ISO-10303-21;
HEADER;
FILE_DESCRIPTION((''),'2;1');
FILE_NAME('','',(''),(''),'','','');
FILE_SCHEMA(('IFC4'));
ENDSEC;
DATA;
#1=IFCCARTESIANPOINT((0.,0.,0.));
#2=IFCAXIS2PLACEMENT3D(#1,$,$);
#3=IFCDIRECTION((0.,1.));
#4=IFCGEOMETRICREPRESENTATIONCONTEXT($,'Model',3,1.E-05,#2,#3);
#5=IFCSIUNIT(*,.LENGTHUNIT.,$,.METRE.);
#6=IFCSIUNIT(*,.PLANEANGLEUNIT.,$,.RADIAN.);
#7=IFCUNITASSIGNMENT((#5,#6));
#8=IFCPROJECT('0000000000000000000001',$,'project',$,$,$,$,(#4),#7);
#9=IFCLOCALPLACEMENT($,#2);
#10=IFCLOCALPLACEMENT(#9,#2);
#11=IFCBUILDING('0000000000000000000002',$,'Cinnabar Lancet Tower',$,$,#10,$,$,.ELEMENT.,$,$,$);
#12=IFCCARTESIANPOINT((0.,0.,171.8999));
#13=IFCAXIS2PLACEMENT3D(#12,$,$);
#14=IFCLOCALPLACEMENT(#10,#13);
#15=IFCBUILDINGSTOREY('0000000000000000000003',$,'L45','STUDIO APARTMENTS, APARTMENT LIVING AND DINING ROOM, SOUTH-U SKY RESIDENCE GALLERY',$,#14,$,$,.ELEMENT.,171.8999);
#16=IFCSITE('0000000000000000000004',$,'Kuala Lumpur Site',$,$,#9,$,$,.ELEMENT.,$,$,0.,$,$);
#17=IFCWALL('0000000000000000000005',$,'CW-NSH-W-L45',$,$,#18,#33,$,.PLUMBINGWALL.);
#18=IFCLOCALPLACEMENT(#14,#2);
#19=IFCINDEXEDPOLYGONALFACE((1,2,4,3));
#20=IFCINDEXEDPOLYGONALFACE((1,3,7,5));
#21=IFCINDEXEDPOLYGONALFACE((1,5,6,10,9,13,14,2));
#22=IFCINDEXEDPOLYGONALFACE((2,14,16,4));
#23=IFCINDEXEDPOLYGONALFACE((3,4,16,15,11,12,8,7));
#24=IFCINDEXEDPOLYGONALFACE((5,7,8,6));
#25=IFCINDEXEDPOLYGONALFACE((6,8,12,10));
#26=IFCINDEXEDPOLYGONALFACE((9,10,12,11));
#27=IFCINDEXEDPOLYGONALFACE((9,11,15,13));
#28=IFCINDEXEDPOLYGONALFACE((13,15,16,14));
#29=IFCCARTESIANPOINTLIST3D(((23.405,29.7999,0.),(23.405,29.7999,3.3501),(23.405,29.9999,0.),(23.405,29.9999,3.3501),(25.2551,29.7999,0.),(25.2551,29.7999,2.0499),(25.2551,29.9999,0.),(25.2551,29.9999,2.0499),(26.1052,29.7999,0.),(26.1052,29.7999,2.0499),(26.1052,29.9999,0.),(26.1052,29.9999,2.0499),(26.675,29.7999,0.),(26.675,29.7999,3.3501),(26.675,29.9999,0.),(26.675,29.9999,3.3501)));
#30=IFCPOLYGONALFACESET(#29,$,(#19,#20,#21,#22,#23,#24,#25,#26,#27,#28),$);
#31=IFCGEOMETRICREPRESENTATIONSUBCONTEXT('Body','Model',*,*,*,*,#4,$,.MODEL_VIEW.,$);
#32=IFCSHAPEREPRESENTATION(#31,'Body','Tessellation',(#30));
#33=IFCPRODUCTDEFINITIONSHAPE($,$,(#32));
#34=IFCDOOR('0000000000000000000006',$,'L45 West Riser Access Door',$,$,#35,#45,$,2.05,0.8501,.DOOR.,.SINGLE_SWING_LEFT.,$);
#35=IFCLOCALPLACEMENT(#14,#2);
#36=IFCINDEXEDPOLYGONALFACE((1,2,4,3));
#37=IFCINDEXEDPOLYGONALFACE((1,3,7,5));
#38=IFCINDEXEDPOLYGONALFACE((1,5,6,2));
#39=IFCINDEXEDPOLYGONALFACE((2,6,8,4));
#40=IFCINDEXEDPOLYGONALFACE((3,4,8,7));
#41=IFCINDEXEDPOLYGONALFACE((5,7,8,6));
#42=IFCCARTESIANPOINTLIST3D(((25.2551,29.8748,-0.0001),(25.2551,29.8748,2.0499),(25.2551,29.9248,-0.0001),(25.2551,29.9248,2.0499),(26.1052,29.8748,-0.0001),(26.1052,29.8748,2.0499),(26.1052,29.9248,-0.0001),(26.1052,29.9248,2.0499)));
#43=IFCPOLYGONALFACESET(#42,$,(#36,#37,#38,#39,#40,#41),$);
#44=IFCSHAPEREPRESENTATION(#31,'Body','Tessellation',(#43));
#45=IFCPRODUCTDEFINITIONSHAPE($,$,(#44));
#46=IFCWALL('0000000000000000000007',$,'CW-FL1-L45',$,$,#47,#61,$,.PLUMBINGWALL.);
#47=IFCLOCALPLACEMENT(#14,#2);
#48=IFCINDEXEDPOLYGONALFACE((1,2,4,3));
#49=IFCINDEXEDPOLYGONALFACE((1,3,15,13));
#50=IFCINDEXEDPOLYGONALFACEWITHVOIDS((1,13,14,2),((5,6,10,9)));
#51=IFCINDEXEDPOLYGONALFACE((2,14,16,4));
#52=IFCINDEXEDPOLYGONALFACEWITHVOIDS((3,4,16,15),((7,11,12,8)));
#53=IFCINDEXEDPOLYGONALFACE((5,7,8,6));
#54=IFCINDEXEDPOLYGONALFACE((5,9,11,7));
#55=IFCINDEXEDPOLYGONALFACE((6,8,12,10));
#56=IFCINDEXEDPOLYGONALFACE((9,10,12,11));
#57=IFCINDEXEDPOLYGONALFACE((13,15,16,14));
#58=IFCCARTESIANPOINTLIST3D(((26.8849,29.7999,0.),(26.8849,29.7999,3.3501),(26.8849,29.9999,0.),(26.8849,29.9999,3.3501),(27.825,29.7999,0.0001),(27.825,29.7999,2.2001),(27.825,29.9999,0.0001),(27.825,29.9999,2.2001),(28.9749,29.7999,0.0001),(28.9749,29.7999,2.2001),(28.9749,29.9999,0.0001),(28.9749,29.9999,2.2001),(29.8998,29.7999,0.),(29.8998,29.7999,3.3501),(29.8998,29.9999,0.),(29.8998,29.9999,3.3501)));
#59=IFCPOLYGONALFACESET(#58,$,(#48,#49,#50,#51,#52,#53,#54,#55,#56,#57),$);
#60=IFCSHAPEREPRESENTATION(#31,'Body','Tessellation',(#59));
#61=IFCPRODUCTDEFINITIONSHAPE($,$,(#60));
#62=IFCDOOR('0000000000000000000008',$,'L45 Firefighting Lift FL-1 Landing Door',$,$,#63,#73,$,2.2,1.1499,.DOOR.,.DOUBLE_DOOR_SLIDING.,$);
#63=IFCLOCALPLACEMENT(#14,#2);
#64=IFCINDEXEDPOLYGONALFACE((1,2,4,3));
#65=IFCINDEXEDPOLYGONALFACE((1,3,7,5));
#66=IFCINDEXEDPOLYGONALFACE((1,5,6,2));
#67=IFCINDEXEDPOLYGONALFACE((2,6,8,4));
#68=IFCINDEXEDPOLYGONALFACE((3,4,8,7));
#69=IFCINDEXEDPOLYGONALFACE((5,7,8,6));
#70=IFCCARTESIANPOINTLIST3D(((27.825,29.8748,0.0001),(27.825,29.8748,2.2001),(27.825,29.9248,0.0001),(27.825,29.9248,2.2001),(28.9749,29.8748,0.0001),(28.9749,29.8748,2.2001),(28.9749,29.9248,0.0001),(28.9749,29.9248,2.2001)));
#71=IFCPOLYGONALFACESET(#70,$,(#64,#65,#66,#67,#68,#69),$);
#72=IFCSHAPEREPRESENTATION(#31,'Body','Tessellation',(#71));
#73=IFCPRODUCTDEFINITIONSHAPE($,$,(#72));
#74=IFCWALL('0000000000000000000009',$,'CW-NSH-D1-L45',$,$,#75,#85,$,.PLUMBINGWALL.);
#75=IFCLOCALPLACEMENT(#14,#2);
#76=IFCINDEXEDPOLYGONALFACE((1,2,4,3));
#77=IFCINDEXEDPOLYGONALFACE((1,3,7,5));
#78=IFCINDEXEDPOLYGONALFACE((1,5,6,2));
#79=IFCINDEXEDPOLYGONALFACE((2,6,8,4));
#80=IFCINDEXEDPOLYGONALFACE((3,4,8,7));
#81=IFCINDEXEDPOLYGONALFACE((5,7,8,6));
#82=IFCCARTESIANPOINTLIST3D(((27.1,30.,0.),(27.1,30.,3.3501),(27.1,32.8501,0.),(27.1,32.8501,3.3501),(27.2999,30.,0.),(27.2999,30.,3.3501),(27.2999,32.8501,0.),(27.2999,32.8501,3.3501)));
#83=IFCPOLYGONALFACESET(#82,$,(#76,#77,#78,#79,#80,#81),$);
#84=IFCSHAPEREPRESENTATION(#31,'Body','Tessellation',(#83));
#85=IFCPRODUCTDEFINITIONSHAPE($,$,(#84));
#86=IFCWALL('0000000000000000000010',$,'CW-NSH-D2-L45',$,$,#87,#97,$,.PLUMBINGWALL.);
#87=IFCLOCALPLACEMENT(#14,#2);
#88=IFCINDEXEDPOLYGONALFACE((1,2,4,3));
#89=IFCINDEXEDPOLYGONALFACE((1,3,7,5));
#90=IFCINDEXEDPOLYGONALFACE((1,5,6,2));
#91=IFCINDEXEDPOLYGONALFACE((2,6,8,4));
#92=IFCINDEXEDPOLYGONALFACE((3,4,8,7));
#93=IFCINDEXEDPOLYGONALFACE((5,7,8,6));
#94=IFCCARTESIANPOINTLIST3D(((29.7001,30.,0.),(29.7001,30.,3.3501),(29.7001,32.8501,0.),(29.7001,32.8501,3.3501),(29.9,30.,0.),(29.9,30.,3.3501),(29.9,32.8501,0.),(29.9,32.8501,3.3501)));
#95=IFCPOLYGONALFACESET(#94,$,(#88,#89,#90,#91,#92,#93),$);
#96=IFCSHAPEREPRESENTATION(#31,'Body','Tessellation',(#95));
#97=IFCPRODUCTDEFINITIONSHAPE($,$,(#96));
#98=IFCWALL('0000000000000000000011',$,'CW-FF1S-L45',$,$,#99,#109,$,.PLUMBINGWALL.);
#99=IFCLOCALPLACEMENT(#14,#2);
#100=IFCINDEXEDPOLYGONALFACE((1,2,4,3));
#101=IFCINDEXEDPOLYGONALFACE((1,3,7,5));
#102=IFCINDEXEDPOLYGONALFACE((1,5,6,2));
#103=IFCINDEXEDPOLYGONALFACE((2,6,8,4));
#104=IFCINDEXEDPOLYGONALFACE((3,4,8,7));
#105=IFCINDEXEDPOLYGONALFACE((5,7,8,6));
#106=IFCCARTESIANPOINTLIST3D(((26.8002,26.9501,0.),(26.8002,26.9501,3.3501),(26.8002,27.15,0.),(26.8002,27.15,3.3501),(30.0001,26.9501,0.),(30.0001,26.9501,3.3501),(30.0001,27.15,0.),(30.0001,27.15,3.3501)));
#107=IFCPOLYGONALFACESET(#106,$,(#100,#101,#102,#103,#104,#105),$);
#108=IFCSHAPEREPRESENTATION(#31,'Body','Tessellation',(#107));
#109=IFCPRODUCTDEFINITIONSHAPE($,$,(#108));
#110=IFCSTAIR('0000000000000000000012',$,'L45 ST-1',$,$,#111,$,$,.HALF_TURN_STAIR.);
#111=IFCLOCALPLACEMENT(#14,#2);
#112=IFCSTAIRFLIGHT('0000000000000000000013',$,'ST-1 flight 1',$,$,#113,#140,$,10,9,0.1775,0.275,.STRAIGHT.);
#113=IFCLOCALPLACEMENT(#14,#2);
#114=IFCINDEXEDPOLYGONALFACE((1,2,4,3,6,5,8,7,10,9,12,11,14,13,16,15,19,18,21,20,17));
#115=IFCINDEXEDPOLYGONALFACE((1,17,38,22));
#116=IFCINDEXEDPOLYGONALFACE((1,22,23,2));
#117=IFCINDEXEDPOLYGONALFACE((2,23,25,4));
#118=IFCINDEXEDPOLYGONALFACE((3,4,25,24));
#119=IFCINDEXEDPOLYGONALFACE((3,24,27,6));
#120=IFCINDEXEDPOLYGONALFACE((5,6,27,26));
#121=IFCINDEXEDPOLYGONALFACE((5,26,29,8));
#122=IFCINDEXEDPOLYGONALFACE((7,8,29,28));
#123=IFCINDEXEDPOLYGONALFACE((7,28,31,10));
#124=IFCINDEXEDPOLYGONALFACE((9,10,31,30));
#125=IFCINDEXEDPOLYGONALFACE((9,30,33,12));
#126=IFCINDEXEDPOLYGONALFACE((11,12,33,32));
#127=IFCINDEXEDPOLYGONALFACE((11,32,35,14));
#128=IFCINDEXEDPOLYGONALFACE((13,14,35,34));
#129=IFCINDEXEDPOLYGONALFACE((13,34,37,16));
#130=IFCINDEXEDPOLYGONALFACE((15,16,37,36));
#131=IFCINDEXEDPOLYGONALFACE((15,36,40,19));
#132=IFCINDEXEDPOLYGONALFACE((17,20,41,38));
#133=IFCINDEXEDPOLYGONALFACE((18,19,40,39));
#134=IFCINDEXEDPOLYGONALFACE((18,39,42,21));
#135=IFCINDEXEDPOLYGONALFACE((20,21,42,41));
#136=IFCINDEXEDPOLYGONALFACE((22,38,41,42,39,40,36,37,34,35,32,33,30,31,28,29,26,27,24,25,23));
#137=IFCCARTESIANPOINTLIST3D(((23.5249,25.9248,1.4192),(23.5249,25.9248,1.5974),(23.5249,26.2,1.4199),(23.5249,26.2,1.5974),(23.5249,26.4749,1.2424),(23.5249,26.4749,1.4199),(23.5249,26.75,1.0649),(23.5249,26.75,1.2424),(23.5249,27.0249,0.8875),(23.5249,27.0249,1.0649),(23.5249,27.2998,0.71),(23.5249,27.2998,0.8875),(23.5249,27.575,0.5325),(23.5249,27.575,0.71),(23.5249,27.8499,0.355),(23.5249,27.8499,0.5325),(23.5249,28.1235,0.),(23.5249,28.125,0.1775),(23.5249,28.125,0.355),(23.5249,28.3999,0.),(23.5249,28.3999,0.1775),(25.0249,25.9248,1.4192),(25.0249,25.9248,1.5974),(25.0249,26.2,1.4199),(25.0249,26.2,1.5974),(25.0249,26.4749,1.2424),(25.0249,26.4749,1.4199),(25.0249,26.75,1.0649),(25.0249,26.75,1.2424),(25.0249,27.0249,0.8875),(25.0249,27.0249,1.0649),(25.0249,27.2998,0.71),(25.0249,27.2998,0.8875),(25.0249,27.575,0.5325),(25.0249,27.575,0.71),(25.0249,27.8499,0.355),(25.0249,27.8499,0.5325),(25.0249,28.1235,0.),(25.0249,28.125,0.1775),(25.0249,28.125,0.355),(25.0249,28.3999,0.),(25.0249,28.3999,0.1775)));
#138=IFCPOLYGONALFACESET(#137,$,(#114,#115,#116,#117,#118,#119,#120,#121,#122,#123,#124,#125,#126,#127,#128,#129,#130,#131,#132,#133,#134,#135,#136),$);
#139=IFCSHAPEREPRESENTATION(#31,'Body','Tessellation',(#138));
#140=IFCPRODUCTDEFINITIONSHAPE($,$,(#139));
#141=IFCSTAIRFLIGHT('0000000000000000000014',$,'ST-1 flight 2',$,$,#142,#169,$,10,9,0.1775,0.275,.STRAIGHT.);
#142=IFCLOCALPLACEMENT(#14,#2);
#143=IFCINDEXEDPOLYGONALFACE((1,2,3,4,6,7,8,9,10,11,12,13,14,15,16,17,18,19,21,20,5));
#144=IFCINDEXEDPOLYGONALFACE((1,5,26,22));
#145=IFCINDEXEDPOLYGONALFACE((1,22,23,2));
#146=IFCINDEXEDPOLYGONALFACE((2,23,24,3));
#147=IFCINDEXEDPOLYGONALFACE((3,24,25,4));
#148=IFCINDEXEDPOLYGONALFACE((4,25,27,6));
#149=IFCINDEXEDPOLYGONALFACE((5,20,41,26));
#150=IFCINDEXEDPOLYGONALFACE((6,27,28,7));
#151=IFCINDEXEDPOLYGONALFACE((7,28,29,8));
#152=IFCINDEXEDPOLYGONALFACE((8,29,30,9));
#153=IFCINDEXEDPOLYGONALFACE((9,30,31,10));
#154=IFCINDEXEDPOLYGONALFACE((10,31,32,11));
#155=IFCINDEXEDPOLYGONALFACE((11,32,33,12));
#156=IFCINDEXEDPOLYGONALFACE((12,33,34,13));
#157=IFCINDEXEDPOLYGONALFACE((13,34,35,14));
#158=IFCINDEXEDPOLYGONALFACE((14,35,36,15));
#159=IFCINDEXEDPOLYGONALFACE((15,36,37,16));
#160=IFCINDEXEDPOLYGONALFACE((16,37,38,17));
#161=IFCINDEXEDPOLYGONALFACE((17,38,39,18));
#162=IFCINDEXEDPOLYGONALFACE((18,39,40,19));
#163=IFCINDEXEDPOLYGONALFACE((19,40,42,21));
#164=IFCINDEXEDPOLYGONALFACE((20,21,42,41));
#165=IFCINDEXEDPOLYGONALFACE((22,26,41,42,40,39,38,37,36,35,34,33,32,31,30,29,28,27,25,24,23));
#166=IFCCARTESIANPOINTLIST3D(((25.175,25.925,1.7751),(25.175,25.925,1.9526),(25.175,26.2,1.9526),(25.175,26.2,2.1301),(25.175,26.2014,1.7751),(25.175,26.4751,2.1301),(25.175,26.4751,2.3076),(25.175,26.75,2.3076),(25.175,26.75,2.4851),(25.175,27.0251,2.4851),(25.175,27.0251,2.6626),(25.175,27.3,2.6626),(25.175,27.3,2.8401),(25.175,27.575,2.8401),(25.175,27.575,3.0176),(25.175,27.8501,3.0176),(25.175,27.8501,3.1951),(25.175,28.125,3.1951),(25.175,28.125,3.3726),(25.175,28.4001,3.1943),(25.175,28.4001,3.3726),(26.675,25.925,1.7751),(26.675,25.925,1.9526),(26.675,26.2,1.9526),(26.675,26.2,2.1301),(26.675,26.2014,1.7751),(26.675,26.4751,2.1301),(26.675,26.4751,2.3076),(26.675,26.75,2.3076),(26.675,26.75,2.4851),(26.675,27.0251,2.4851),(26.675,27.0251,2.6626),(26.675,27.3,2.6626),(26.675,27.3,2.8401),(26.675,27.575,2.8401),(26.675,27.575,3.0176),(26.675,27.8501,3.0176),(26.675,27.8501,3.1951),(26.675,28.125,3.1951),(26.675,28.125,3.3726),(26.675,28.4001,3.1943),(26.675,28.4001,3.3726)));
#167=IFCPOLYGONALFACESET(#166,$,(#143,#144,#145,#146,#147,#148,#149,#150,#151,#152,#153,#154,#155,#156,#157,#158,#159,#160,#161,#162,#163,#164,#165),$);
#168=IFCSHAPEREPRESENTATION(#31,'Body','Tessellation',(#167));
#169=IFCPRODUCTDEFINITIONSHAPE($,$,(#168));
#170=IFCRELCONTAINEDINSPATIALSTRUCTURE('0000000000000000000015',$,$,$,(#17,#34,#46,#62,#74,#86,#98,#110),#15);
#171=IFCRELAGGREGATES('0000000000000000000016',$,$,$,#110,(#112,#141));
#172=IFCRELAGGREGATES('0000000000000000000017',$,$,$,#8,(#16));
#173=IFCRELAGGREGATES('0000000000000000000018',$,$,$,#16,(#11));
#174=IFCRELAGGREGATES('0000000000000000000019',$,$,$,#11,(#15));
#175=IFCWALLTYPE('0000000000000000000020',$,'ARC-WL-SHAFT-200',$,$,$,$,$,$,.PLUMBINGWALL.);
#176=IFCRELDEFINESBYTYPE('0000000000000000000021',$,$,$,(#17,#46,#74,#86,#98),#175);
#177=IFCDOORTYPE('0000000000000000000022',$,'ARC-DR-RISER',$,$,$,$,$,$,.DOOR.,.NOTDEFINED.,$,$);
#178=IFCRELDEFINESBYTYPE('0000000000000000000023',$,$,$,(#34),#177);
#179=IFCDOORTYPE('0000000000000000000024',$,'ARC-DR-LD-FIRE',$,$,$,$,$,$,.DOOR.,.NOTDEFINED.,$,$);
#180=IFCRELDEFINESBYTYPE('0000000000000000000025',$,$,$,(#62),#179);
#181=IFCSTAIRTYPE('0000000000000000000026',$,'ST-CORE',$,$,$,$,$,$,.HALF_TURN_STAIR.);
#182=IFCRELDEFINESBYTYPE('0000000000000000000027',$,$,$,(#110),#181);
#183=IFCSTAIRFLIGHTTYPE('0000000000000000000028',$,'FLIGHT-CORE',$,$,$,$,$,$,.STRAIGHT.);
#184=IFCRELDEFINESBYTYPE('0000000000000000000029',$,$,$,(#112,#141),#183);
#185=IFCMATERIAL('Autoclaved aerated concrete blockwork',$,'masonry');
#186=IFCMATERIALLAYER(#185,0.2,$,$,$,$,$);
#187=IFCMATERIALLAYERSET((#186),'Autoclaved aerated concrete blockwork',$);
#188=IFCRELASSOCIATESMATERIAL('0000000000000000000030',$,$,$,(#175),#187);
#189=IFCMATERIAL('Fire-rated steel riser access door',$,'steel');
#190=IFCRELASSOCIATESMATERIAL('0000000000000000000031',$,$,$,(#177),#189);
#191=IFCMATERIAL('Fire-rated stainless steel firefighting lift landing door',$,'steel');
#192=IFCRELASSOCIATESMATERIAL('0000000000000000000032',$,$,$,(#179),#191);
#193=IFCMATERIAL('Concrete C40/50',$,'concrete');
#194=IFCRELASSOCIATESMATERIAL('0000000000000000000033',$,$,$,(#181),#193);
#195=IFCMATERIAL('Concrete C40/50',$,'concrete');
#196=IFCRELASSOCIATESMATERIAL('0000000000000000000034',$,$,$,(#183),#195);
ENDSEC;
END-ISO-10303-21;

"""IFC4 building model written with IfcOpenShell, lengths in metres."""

from ifc_helpers import new_model, si_unit, direction, frame, frame_2d, origin, place, context, subcontext, project, spatial, polyline, rectangle, outline, extrude, material, layer, layer_set, type_object, element, fill, aggregate, save


model = new_model("IFC4")

# Units and contexts
model_context = context("Model", 3, precision=1e-05, world=origin(), true_north=direction((0.0, 1.0)))
body_context = subcontext(model_context, "Body", "Model", "MODEL_VIEW")
ifc_project = project(units=[si_unit("LENGTHUNIT", "METRE"), si_unit("PLANEANGLEUNIT", "RADIAN")], contexts=[model_context])

# Site, building, storey
site_placement = place(None, origin())
site = spatial("IfcSite", under=ifc_project, at=site_placement, Name="Kuala Lumpur Site", CompositionType="ELEMENT", RefElevation=0.0)
building_placement = place(site_placement, origin())
building = spatial("IfcBuilding", under=site, at=building_placement, Name="Cinnabar Lancet Tower", CompositionType="ELEMENT")
storey_placement = place(building_placement, frame((0.0, 0.0, 171.8999)))
storey = spatial("IfcBuildingStorey", under=building, at=storey_placement, Name="L45", Description="STUDIO APARTMENTS, APARTMENT LIVING AND DINING ROOM, SOUTH-U SKY RESIDENCE GALLERY", CompositionType="ELEMENT", Elevation=171.8999)

# Walls, openings, doors
ifc_material_1 = material(Name="Autoclaved aerated concrete blockwork", Category="masonry")
ifc_layer_1 = layer(ifc_material_1, 0.2)
ifc_layer_set_1 = layer_set([ifc_layer_1], Name="Autoclaved aerated concrete blockwork")
wall_type_1 = type_object("IfcWallType", Name="ARC-WL-SHAFT-200", PredefinedType="PLUMBINGWALL", material=ifc_layer_set_1)
wall_1_placement = place(storey_placement, frame((23.405, 29.8999, 0.0), z_axis=(0.0, 0.0, 1.0), x_axis=(1.0, 0.0, 0.0)))
wall_1 = element("IfcWall", 1, at=wall_1_placement, inside=storey, type_object=wall_type_1, Name="CW-NSH-W-L45", PredefinedType="PLUMBINGWALL", context=body_context, shape_type="SweptSolid", body=[
    extrude(rectangle(XDim=3.27, YDim=0.2, at=frame_2d((1.635, 0.0))), origin(), (0.0, 0.0, 1.0), 3.3501),
])
opening_1_placement = place(wall_1_placement, frame((1.8501, 0.0, 0.0)))
opening_1 = element("IfcOpeningElement", 2, at=opening_1_placement, cuts=wall_1, PredefinedType="OPENING", context=body_context, shape_type="SweptSolid", body=[
    extrude(rectangle(XDim=0.8501, YDim=2.05, at=frame_2d((0.425, 1.0249))), frame((0.0, 0.1099, 0.0), z_axis=(0.0, -1.0, 0.0), x_axis=(1.0, 0.0, 0.0)), (0.0, 0.0, 1.0), 0.22),
])
ifc_material_2 = material(Name="Fire-rated steel riser access door", Category="steel")
door_type_1 = type_object("IfcDoorType", Name="ARC-DR-RISER", OperationType="NOTDEFINED", PredefinedType="DOOR", material=ifc_material_2)
door_1_placement = place(opening_1_placement, origin())
door_1 = element("IfcDoor", 3, at=door_1_placement, inside=storey, type_object=door_type_1, Name="L45 West Riser Access Door", OperationType="SINGLE_SWING_LEFT", OverallHeight=2.05, OverallWidth=0.8501, PredefinedType="DOOR", context=body_context, shape_type="SweptSolid", body=[
    extrude(rectangle(XDim=0.8501, YDim=2.05, at=frame_2d((0.425, 1.0249))), frame((0.0, 0.0249, 0.0), z_axis=(0.0, -1.0, 0.0), x_axis=(1.0, 0.0, 0.0)), (0.0, 0.0, 1.0), 0.05),
])
fill(opening_1, door_1)
wall_2_placement = place(storey_placement, frame((26.885, 29.8999, 0.0), z_axis=(0.0, 0.0, 1.0), x_axis=(1.0, 0.0, 0.0)))
wall_2 = element("IfcWall", 4, at=wall_2_placement, inside=storey, type_object=wall_type_1, Name="CW-FL1-L45", PredefinedType="PLUMBINGWALL", context=body_context, shape_type="SweptSolid", body=[
    extrude(rectangle(XDim=3.0149, YDim=0.2, at=frame_2d((1.5073, 0.0))), origin(), (0.0, 0.0, 1.0), 3.3501),
])
opening_2_placement = place(wall_2_placement, frame((0.9399, 0.0, 0.0)))
opening_2 = element("IfcOpeningElement", 5, at=opening_2_placement, cuts=wall_2, PredefinedType="OPENING", context=body_context, shape_type="SweptSolid", body=[
    extrude(rectangle(XDim=1.1499, YDim=2.2, at=frame_2d((0.575, 1.1001))), frame((0.0, 0.1099, 0.0), z_axis=(0.0, -1.0, 0.0), x_axis=(1.0, 0.0, 0.0)), (0.0, 0.0, 1.0), 0.22),
])
ifc_material_3 = material(Name="Fire-rated stainless steel firefighting lift landing door", Category="steel")
door_type_2 = type_object("IfcDoorType", Name="ARC-DR-LD-FIRE", OperationType="NOTDEFINED", PredefinedType="DOOR", material=ifc_material_3)
door_2_placement = place(opening_2_placement, origin())
door_2 = element("IfcDoor", 6, at=door_2_placement, inside=storey, type_object=door_type_2, Name="L45 Firefighting Lift FL-1 Landing Door", OperationType="DOUBLE_DOOR_SLIDING", OverallHeight=2.2, OverallWidth=1.1499, PredefinedType="DOOR", context=body_context, shape_type="SweptSolid", body=[
    extrude(rectangle(XDim=1.1499, YDim=2.2, at=frame_2d((0.575, 1.1001))), frame((0.0, 0.0249, 0.0), z_axis=(0.0, -1.0, 0.0), x_axis=(1.0, 0.0, 0.0)), (0.0, 0.0, 1.0), 0.05),
])
fill(opening_2, door_2)

# Walls
for number, where, z_axis, x_axis, name in (
    (7, (27.2, 30.0, 0.0), (0.0, 0.0, 1.0), (0.0, 1.0, 0.0), "CW-NSH-D1-L45"),
    (8, (29.8, 30.0, 0.0), (0.0, 0.0, 1.0), (0.0, 1.0, 0.0), "CW-NSH-D2-L45"),
):
    element("IfcWall", number, at=place(storey_placement, frame(where, z_axis=z_axis, x_axis=x_axis)), inside=storey, type_object=wall_type_1, Name=name, PredefinedType="PLUMBINGWALL", context=body_context, shape_type="SweptSolid", body=[
        extrude(rectangle(XDim=2.8501, YDim=0.2, at=frame_2d((1.425, 0.0))), origin(), (0.0, 0.0, 1.0), 3.3501),
    ])
wall_3_placement = place(storey_placement, frame((26.8, 27.05, 0.0), z_axis=(0.0, 0.0, 1.0), x_axis=(1.0, 0.0, 0.0)))
element("IfcWall", 9, at=wall_3_placement, inside=storey, type_object=wall_type_1, Name="CW-FF1S-L45", PredefinedType="PLUMBINGWALL", context=body_context, shape_type="SweptSolid", body=[
    extrude(rectangle(XDim=3.2, YDim=0.2, at=frame_2d((1.6001, 0.0))), origin(), (0.0, 0.0, 1.0), 3.3501),
])

# Stair, stair flights
ifc_material_4 = material(Name="Concrete C40/50", Category="concrete")
stair_type = type_object("IfcStairType", Name="ST-CORE", PredefinedType="HALF_TURN_STAIR", material=ifc_material_4)
stair_placement = place(storey_placement, origin())
stair = element("IfcStair", 10, at=stair_placement, inside=storey, type_object=stair_type, Name="L45 ST-1", PredefinedType="HALF_TURN_STAIR")
ifc_material_5 = material(Name="Concrete C40/50", Category="concrete")
stair_flight_type = type_object("IfcStairFlightType", Name="FLIGHT-CORE", PredefinedType="STRAIGHT", material=ifc_material_5)
stair_flight_1_placement = place(storey_placement, frame((24.2749, 28.3999, 0.0), z_axis=(0.0, 0.0, 1.0), x_axis=(0.0, -1.0, 0.0)))
stair_flight_1 = element("IfcStairFlight", 11, at=stair_flight_1_placement, type_object=stair_flight_type, Name="ST-1 flight 1", NumberOfRisers=10, NumberOfTreads=9, PredefinedType="STRAIGHT", RiserHeight=0.1775, TreadLength=0.275, context=body_context, shape_type="SweptSolid", body=[
    extrude(outline(polyline([(0.0, 0.0), (0.0, 0.1775), (0.2749, 0.1775), (0.2749, 0.355), (0.55, 0.355), (0.55, 0.5325), (0.825, 0.5325), (0.825, 0.71), (1.1001, 0.71), (1.1001, 0.8875), (1.375, 0.8875), (1.375, 1.0649), (1.6499, 1.0649), (1.6499, 1.2424), (1.925, 1.2424), (1.925, 1.4199), (2.2, 1.4199), (2.2, 1.5974), (2.4751, 1.5974), (2.4751, 1.7749), (2.4751, 1.4192), (0.2764, 0.0), (0.0, 0.0)])), frame((0.0, 0.75, 0.0), z_axis=(0.0, -1.0, 0.0), x_axis=(1.0, 0.0, 0.0)), (0.0, 0.0, 1.0), 1.5),
])
stair_flight_2_placement = place(storey_placement, frame((25.925, 25.925, 1.7751), z_axis=(0.0, 0.0, 1.0), x_axis=(0.0, 1.0, 0.0)))
stair_flight_2 = element("IfcStairFlight", 12, at=stair_flight_2_placement, type_object=stair_flight_type, Name="ST-1 flight 2", NumberOfRisers=10, NumberOfTreads=9, PredefinedType="STRAIGHT", RiserHeight=0.1775, TreadLength=0.275, context=body_context, shape_type="SweptSolid", body=[
    extrude(outline(polyline([(0.0, 0.0), (0.0, 0.1775), (0.2749, 0.1775), (0.2749, 0.355), (0.55, 0.355), (0.55, 0.5325), (0.825, 0.5325), (0.825, 0.71), (1.1001, 0.71), (1.1001, 0.8875), (1.375, 0.8875), (1.375, 1.0649), (1.6499, 1.0649), (1.6499, 1.2424), (1.925, 1.2424), (1.925, 1.4199), (2.2, 1.4199), (2.2, 1.5974), (2.4751, 1.5974), (2.4751, 1.7749), (2.4751, 1.4192), (0.2764, 0.0), (0.0, 0.0)])), frame((0.0, 0.75, 0.0), z_axis=(0.0, -1.0, 0.0), x_axis=(1.0, 0.0, 0.0)), (0.0, 0.0, 1.0), 1.5),
])
aggregate(stair, [stair_flight_1, stair_flight_2])

save(model, "model.ifc")
